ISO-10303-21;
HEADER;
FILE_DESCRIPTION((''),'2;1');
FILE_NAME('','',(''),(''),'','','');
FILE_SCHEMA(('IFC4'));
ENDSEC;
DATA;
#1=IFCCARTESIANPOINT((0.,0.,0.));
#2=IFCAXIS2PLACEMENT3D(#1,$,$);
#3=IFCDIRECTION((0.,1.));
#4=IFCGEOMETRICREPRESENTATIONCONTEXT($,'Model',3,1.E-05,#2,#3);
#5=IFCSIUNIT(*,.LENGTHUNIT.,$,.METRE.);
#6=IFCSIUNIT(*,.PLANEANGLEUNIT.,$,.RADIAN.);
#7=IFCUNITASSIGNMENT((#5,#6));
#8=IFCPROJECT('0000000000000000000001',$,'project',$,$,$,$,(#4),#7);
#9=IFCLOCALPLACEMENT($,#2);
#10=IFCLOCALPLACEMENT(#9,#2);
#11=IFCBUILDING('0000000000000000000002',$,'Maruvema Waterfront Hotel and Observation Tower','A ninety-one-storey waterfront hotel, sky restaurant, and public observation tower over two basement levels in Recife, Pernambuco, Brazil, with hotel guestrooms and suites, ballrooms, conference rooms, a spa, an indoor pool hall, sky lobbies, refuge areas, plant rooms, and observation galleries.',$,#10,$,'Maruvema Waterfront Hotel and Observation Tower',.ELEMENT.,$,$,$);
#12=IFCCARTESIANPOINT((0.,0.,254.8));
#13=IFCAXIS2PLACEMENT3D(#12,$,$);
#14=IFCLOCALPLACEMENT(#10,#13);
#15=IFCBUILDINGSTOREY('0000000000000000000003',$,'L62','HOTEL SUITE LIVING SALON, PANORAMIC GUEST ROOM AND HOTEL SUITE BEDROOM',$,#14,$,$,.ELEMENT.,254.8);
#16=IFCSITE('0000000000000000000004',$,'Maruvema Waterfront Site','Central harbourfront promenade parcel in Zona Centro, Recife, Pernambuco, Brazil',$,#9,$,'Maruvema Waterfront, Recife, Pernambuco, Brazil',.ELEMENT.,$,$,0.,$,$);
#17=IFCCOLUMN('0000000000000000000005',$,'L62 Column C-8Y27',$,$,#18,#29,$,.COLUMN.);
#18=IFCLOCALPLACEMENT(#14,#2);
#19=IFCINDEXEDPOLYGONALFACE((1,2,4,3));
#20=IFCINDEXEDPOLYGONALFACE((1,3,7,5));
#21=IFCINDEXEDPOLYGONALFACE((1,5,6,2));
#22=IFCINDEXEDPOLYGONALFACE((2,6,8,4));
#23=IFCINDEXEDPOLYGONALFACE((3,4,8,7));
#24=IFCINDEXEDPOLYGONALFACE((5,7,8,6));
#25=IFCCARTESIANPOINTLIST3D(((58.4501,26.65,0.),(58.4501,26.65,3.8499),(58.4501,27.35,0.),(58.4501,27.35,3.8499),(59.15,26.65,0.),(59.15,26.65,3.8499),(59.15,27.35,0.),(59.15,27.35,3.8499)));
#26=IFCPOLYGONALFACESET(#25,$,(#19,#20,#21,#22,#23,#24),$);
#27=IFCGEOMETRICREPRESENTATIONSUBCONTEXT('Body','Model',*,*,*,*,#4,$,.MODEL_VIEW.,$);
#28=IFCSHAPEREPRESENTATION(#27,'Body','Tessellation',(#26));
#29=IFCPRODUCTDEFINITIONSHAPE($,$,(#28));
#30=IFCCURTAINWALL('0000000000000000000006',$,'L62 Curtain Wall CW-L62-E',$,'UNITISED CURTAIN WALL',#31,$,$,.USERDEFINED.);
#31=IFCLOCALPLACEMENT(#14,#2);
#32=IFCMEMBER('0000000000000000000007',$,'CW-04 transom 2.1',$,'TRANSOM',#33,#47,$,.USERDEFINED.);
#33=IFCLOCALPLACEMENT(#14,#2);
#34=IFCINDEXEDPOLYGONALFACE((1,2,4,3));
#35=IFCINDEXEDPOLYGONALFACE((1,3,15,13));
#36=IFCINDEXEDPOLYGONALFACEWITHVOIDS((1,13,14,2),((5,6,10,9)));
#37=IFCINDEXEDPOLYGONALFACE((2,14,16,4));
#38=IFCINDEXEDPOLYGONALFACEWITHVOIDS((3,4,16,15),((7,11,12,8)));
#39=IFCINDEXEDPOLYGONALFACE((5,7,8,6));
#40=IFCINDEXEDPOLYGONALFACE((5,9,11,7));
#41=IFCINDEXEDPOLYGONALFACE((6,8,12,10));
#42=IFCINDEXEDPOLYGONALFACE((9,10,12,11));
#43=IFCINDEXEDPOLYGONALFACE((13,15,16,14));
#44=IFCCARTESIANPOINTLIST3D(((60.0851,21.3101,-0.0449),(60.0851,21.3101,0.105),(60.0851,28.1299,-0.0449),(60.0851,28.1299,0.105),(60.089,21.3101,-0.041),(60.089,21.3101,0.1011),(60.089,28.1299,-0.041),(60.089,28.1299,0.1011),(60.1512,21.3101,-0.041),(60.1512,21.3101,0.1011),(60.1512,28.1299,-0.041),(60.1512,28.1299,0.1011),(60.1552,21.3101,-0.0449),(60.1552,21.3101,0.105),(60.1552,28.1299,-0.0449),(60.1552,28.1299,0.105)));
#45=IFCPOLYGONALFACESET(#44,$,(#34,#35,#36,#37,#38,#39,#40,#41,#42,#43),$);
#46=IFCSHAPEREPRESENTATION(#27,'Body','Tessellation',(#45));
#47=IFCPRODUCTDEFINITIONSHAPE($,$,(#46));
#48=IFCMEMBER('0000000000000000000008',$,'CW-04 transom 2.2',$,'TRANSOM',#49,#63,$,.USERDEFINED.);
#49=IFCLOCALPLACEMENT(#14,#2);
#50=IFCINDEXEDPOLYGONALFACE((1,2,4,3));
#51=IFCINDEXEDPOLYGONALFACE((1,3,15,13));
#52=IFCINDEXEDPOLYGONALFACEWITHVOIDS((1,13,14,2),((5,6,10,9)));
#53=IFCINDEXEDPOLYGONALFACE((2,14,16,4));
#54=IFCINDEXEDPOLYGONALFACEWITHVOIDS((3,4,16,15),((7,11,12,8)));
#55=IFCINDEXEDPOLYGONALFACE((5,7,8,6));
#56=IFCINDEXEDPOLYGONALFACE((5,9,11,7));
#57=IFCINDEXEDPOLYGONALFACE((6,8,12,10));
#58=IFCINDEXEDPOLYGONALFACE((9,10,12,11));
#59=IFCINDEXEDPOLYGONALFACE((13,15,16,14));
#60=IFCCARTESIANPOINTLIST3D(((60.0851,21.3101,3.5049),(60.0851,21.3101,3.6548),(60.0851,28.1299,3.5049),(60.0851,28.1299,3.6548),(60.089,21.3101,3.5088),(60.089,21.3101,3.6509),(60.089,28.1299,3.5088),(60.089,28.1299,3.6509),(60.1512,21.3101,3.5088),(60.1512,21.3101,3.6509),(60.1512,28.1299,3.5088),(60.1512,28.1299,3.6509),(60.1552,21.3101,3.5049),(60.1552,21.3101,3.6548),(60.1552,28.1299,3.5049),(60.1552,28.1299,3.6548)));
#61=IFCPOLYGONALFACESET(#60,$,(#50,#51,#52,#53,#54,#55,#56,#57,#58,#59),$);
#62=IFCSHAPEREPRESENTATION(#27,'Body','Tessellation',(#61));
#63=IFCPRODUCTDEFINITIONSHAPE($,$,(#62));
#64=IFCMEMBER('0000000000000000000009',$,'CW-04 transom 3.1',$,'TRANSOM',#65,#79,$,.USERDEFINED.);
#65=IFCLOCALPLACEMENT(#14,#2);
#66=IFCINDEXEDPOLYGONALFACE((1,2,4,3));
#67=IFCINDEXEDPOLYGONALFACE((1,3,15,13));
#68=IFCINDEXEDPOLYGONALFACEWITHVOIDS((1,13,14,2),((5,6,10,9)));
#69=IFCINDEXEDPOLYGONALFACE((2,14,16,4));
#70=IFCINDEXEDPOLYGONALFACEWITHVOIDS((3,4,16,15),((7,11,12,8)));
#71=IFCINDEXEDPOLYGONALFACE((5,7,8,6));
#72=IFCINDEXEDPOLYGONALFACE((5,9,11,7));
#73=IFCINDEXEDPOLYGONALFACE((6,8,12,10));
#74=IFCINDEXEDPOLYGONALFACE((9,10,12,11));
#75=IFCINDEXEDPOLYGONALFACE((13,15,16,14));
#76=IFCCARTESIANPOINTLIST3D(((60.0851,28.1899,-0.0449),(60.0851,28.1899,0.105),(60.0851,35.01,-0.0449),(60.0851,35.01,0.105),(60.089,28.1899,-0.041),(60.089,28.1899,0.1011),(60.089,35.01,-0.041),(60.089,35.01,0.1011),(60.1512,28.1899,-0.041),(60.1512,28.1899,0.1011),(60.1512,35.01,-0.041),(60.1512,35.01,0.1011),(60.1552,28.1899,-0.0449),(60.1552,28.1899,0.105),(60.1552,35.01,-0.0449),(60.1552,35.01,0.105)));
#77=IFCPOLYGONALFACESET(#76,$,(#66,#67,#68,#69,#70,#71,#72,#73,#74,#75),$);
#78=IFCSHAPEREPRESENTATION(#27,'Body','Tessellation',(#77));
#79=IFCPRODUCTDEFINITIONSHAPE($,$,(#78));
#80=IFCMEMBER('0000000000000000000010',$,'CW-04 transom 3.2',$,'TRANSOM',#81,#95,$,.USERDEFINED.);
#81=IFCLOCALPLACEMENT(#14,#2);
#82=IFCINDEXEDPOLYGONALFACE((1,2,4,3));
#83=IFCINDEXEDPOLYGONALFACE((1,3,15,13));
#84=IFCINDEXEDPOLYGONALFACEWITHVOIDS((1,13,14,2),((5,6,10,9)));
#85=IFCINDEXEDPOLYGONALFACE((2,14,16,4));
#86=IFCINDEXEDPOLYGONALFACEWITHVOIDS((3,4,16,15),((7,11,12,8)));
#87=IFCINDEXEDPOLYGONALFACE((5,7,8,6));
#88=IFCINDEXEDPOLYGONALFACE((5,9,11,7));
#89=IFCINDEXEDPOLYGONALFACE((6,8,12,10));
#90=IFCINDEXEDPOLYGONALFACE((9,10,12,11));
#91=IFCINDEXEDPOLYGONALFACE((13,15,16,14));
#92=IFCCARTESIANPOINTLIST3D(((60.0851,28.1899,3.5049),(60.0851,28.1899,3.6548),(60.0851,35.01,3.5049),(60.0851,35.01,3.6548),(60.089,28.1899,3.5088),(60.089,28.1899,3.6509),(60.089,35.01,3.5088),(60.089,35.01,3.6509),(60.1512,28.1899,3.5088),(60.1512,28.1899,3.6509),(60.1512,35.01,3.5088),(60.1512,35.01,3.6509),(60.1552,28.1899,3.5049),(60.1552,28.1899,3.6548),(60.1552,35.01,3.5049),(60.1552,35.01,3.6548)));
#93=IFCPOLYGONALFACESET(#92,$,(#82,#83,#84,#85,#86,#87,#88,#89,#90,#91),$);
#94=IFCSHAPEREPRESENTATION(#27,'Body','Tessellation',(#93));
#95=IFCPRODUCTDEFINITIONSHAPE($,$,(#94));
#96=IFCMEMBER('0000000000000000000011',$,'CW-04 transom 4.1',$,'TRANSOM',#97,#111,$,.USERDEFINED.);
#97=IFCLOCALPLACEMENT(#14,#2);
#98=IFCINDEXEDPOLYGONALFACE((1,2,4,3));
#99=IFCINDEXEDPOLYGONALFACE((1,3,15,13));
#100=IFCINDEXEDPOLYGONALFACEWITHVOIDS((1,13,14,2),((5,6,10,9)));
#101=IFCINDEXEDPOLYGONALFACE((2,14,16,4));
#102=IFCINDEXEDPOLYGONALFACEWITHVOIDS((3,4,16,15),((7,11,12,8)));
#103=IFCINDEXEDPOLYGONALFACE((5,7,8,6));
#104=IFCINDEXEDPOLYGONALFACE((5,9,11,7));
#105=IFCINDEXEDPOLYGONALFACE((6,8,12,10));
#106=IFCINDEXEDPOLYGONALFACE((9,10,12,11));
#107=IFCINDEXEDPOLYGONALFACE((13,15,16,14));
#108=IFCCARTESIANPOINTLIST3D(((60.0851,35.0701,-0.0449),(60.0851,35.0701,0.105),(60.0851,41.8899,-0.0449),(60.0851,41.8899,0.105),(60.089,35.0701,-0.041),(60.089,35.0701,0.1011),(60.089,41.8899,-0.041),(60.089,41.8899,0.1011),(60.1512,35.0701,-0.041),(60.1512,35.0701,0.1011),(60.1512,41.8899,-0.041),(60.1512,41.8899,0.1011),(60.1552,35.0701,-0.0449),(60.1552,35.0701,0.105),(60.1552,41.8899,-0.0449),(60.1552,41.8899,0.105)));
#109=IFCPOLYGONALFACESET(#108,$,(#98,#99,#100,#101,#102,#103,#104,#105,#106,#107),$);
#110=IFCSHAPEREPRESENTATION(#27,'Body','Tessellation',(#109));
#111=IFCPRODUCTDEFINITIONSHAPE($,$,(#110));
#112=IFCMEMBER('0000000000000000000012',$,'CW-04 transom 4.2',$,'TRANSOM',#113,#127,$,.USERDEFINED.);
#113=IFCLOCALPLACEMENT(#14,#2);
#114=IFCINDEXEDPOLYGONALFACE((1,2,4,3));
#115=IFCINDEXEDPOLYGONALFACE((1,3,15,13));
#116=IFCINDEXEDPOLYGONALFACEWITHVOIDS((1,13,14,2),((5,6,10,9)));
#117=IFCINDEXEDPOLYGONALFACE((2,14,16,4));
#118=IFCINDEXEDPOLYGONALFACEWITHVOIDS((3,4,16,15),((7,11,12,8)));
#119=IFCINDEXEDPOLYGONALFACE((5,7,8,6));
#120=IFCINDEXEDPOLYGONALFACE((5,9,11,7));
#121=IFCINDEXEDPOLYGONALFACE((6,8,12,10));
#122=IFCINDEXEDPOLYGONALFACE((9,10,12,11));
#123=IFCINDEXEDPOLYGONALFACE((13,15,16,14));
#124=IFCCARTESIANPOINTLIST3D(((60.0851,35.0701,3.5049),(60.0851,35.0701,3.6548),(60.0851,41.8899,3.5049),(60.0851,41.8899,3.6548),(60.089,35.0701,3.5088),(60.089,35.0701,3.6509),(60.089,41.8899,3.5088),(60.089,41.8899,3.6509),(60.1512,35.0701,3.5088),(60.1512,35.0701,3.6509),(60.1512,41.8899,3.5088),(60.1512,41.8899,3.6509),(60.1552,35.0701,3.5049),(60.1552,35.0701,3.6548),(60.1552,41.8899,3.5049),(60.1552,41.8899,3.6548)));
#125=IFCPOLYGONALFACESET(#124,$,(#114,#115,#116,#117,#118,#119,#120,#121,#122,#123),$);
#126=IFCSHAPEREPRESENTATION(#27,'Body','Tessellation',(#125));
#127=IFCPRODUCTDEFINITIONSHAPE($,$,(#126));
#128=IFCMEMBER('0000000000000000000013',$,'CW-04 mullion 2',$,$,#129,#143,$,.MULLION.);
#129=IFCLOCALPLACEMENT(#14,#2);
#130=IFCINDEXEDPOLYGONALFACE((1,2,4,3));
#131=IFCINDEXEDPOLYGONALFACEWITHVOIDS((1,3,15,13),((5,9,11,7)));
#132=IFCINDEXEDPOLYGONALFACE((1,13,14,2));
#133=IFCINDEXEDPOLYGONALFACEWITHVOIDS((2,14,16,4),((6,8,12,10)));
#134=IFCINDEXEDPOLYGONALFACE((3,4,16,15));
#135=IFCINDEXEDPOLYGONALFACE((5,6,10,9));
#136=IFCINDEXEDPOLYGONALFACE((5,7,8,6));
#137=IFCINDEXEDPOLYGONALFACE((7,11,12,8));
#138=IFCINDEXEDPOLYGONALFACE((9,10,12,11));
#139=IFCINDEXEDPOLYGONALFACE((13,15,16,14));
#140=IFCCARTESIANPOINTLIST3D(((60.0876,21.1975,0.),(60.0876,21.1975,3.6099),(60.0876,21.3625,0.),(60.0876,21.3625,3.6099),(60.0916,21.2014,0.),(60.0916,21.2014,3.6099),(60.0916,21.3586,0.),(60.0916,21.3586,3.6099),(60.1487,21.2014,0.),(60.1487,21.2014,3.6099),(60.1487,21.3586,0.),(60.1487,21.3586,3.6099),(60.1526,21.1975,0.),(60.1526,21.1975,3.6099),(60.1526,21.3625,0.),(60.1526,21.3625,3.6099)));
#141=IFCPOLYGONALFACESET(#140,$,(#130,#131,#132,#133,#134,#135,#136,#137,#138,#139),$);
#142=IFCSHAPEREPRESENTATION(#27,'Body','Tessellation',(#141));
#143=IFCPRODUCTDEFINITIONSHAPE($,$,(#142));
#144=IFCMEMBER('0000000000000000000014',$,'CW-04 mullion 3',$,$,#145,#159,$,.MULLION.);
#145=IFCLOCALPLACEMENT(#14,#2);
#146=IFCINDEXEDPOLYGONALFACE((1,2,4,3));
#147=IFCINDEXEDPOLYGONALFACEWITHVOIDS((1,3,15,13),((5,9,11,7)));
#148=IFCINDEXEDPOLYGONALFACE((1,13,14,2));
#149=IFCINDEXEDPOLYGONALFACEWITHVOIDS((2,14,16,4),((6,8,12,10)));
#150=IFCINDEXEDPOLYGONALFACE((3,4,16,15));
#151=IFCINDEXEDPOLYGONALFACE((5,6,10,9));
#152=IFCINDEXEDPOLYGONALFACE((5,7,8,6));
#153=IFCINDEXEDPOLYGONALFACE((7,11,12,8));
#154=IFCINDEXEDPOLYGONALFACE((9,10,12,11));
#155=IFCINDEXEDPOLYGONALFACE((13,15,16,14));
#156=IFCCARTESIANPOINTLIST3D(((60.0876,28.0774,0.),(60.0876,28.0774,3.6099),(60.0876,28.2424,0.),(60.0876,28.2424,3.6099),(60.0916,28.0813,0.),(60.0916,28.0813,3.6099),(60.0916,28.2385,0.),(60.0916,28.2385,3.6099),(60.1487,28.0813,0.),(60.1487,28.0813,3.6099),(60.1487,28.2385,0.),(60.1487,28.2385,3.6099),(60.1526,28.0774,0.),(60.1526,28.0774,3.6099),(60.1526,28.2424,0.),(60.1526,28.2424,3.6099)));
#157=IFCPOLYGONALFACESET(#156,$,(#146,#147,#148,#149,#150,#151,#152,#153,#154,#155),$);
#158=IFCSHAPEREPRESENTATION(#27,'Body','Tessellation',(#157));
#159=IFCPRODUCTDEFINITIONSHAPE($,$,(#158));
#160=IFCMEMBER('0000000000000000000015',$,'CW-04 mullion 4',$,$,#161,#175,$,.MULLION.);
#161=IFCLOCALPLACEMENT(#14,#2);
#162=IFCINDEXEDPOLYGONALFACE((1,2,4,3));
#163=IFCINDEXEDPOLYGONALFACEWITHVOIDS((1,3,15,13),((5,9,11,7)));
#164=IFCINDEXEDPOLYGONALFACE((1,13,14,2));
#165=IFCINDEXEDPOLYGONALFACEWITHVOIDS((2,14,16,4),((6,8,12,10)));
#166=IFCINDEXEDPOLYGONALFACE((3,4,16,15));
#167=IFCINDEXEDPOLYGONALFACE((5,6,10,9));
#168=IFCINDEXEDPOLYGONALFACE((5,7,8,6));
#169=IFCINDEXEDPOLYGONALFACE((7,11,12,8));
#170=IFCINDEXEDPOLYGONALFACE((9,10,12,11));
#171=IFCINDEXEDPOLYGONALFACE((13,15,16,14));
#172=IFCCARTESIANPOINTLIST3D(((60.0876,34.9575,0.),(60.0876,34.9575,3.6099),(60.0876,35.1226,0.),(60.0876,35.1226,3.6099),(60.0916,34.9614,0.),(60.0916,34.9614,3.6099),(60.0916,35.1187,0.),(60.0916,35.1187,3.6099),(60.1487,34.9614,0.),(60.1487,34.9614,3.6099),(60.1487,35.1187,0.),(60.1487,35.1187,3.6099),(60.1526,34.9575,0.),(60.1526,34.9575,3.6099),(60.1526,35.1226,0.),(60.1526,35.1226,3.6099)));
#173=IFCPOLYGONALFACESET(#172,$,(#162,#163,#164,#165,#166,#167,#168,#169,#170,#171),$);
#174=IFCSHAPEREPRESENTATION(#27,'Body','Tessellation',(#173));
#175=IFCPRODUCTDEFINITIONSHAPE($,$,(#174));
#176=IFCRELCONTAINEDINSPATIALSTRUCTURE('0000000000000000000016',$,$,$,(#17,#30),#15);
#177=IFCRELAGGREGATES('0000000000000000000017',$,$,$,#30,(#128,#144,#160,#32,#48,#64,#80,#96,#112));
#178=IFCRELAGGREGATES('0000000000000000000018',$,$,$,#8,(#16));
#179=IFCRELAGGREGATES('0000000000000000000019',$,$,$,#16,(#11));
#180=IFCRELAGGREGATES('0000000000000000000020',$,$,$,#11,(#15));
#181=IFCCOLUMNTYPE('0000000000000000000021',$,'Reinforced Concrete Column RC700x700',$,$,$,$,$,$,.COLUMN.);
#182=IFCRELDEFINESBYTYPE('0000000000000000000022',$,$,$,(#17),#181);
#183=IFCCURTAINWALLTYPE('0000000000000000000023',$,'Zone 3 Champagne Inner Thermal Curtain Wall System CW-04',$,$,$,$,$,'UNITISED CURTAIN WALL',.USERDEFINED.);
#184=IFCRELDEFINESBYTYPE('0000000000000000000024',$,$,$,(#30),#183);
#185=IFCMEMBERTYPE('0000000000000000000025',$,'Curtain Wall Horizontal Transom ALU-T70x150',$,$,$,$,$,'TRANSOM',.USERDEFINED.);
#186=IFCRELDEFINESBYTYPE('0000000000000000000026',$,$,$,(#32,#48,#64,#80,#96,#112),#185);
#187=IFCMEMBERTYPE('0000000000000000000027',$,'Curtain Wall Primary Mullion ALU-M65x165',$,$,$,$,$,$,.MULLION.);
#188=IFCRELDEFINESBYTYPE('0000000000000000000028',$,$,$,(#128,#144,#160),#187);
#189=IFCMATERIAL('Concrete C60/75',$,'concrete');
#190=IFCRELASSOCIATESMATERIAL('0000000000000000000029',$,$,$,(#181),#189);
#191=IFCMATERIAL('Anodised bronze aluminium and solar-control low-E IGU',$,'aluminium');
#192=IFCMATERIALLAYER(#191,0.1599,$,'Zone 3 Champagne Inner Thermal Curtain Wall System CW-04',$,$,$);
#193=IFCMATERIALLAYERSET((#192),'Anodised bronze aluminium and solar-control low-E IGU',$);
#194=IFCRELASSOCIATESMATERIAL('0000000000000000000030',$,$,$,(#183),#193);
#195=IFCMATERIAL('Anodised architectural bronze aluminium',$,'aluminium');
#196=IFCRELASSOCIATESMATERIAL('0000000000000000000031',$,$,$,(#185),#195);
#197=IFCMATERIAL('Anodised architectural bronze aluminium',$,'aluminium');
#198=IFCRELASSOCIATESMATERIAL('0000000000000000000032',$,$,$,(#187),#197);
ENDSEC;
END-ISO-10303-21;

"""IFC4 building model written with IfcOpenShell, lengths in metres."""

from ifc_helpers import new_model, si_unit, direction, frame, origin, origin_2d, place, context, subcontext, project, spatial, rectangle, hollow_rectangle, extrude, material, layer, layer_set, material_profile, profile_set, type_object, element, aggregate, save


model = new_model("IFC4")

# Units and contexts
model_context = context("Model", 3, precision=1e-05, world=origin(), true_north=direction((0.0, 1.0)))
body_context = subcontext(model_context, "Body", "Model", "MODEL_VIEW")
ifc_project = project(units=[si_unit("LENGTHUNIT", "METRE"), si_unit("PLANEANGLEUNIT", "RADIAN")], contexts=[model_context])

# Site, building, storey
site_placement = place(None, origin())
site = spatial("IfcSite", under=ifc_project, at=site_placement, Name="Maruvema Waterfront Site", Description="Central harbourfront promenade parcel in Zona Centro, Recife, Pernambuco, Brazil", LongName="Maruvema Waterfront, Recife, Pernambuco, Brazil", CompositionType="ELEMENT", RefElevation=0.0)
building_placement = place(site_placement, origin())
building = spatial("IfcBuilding", under=site, at=building_placement, Name="Maruvema Waterfront Hotel and Observation Tower", Description="A ninety-one-storey waterfront hotel, sky restaurant, and public observation tower over two basement levels in Recife, Pernambuco, Brazil, with hotel guestrooms and suites, ballrooms, conference rooms, a spa, an indoor pool hall, sky lobbies, refuge areas, plant rooms, and observation galleries.", LongName="Maruvema Waterfront Hotel and Observation Tower", CompositionType="ELEMENT")
storey_placement = place(building_placement, frame((0.0, 0.0, 254.8)))
storey = spatial("IfcBuildingStorey", under=building, at=storey_placement, Name="L62", Description="HOTEL SUITE LIVING SALON, PANORAMIC GUEST ROOM AND HOTEL SUITE BEDROOM", CompositionType="ELEMENT", Elevation=254.8)

# Column
ifc_material_1 = material(Name="Concrete C60/75", Category="concrete")
ifc_material_profile_1 = material_profile(ifc_material_1, rectangle(XDim=0.7, YDim=0.7, at=origin_2d()), Name="RC700x700")
ifc_profile_set_1 = profile_set([ifc_material_profile_1], Name="Concrete C60/75")
column_type = type_object("IfcColumnType", Name="Reinforced Concrete Column RC700x700", PredefinedType="COLUMN", material=ifc_profile_set_1)
column_placement = place(storey_placement, frame((58.8, 27.0, 0.0), z_axis=(0.0, 0.0, 1.0), x_axis=(1.0, 0.0, 0.0)))
element("IfcColumn", 1, at=column_placement, inside=storey, type_object=column_type, Name="L62 Column C-8Y27", PredefinedType="COLUMN", context=body_context, shape_type="SweptSolid", body=[
    extrude(rectangle(XDim=0.7, YDim=0.7, at=origin_2d()), origin(), (0.0, 0.0, 1.0), 3.8499),
])

# Curtain wall, members
ifc_material_2 = material(Name="Anodised bronze aluminium and solar-control low-E IGU", Category="aluminium")
ifc_layer_1 = layer(ifc_material_2, 0.1599, Name="Zone 3 Champagne Inner Thermal Curtain Wall System CW-04")
ifc_layer_set_1 = layer_set([ifc_layer_1], Name="Anodised bronze aluminium and solar-control low-E IGU")
curtain_wall_type = type_object("IfcCurtainWallType", Name="Zone 3 Champagne Inner Thermal Curtain Wall System CW-04", ElementType="UNITISED CURTAIN WALL", PredefinedType="USERDEFINED", material=ifc_layer_set_1)
curtain_wall_placement = place(storey_placement, origin())
curtain_wall = element("IfcCurtainWall", 2, at=curtain_wall_placement, inside=storey, type_object=curtain_wall_type, Name="L62 Curtain Wall CW-L62-E", ObjectType="UNITISED CURTAIN WALL", PredefinedType="USERDEFINED")
ifc_material_3 = material(Name="Anodised architectural bronze aluminium", Category="aluminium")
ifc_material_profile_2 = material_profile(ifc_material_3, hollow_rectangle(XDim=0.0701, YDim=0.1499, WallThickness=0.0039, at=origin_2d()), Name="ALU-T70x150")
ifc_profile_set_2 = profile_set([ifc_material_profile_2], Name="Anodised architectural bronze aluminium")
member_type_1 = type_object("IfcMemberType", Name="Curtain Wall Horizontal Transom ALU-T70x150", ElementType="TRANSOM", PredefinedType="USERDEFINED", material=ifc_profile_set_2)
member_1_placement = place(storey_placement, frame((60.1201, 21.3101, 0.03), z_axis=(0.0, 1.0, 0.0), x_axis=(-1.0, 0.0, 0.0)))
member_1 = element("IfcMember", 3, at=member_1_placement, type_object=member_type_1, Name="CW-04 transom 2.1", ObjectType="TRANSOM", PredefinedType="USERDEFINED", context=body_context, shape_type="SweptSolid", body=[
    extrude(hollow_rectangle(XDim=0.0701, YDim=0.1499, WallThickness=0.0039, at=origin_2d()), origin(), (0.0, 0.0, 1.0), 6.8198),
])
member_2_placement = place(storey_placement, frame((60.1201, 21.3101, 3.5798), z_axis=(0.0, 1.0, 0.0), x_axis=(-1.0, 0.0, 0.0)))
member_2 = element("IfcMember", 4, at=member_2_placement, type_object=member_type_1, Name="CW-04 transom 2.2", ObjectType="TRANSOM", PredefinedType="USERDEFINED", context=body_context, shape_type="SweptSolid", body=[
    extrude(hollow_rectangle(XDim=0.0701, YDim=0.1499, WallThickness=0.0039, at=origin_2d()), origin(), (0.0, 0.0, 1.0), 6.8198),
])
member_3_placement = place(storey_placement, frame((60.1201, 28.1899, 0.03), z_axis=(0.0, 1.0, 0.0), x_axis=(-1.0, 0.0, 0.0)))
member_3 = element("IfcMember", 5, at=member_3_placement, type_object=member_type_1, Name="CW-04 transom 3.1", ObjectType="TRANSOM", PredefinedType="USERDEFINED", context=body_context, shape_type="SweptSolid", body=[
    extrude(hollow_rectangle(XDim=0.0701, YDim=0.1499, WallThickness=0.0039, at=origin_2d()), origin(), (0.0, 0.0, 1.0), 6.8201),
])
member_4_placement = place(storey_placement, frame((60.1201, 28.1899, 3.5798), z_axis=(0.0, 1.0, 0.0), x_axis=(-1.0, 0.0, 0.0)))
member_4 = element("IfcMember", 6, at=member_4_placement, type_object=member_type_1, Name="CW-04 transom 3.2", ObjectType="TRANSOM", PredefinedType="USERDEFINED", context=body_context, shape_type="SweptSolid", body=[
    extrude(hollow_rectangle(XDim=0.0701, YDim=0.1499, WallThickness=0.0039, at=origin_2d()), origin(), (0.0, 0.0, 1.0), 6.8201),
])
member_5_placement = place(storey_placement, frame((60.1201, 35.0701, 0.03), z_axis=(0.0, 1.0, 0.0), x_axis=(-1.0, 0.0, 0.0)))
member_5 = element("IfcMember", 7, at=member_5_placement, type_object=member_type_1, Name="CW-04 transom 4.1", ObjectType="TRANSOM", PredefinedType="USERDEFINED", context=body_context, shape_type="SweptSolid", body=[
    extrude(hollow_rectangle(XDim=0.0701, YDim=0.1499, WallThickness=0.0039, at=origin_2d()), origin(), (0.0, 0.0, 1.0), 6.8198),
])
member_6_placement = place(storey_placement, frame((60.1201, 35.0701, 3.5798), z_axis=(0.0, 1.0, 0.0), x_axis=(-1.0, 0.0, 0.0)))
member_6 = element("IfcMember", 8, at=member_6_placement, type_object=member_type_1, Name="CW-04 transom 4.2", ObjectType="TRANSOM", PredefinedType="USERDEFINED", context=body_context, shape_type="SweptSolid", body=[
    extrude(hollow_rectangle(XDim=0.0701, YDim=0.1499, WallThickness=0.0039, at=origin_2d()), origin(), (0.0, 0.0, 1.0), 6.8198),
])
ifc_material_4 = material(Name="Anodised architectural bronze aluminium", Category="aluminium")
ifc_material_profile_3 = material_profile(ifc_material_4, hollow_rectangle(XDim=0.0649, YDim=0.165, WallThickness=0.0039, at=origin_2d()), Name="ALU-M65x165")
ifc_profile_set_3 = profile_set([ifc_material_profile_3], Name="Anodised architectural bronze aluminium")
member_type_2 = type_object("IfcMemberType", Name="Curtain Wall Primary Mullion ALU-M65x165", PredefinedType="MULLION", material=ifc_profile_set_3)
member_7_placement = place(storey_placement, frame((60.1201, 21.28, 0.0), z_axis=(0.0, 0.0, 1.0), x_axis=(-1.0, 0.0, 0.0)))
member_7 = element("IfcMember", 9, at=member_7_placement, type_object=member_type_2, Name="CW-04 mullion 2", PredefinedType="MULLION", context=body_context, shape_type="SweptSolid", body=[
    extrude(hollow_rectangle(XDim=0.0649, YDim=0.165, WallThickness=0.0039, at=origin_2d()), origin(), (0.0, 0.0, 1.0), 3.6099),
])
member_8_placement = place(storey_placement, frame((60.1201, 28.1599, 0.0), z_axis=(0.0, 0.0, 1.0), x_axis=(-1.0, 0.0, 0.0)))
member_8 = element("IfcMember", 10, at=member_8_placement, type_object=member_type_2, Name="CW-04 mullion 3", PredefinedType="MULLION", context=body_context, shape_type="SweptSolid", body=[
    extrude(hollow_rectangle(XDim=0.0649, YDim=0.165, WallThickness=0.0039, at=origin_2d()), origin(), (0.0, 0.0, 1.0), 3.6099),
])
member_9_placement = place(storey_placement, frame((60.1201, 35.04, 0.0), z_axis=(0.0, 0.0, 1.0), x_axis=(-1.0, 0.0, 0.0)))
member_9 = element("IfcMember", 11, at=member_9_placement, type_object=member_type_2, Name="CW-04 mullion 4", PredefinedType="MULLION", context=body_context, shape_type="SweptSolid", body=[
    extrude(hollow_rectangle(XDim=0.0649, YDim=0.165, WallThickness=0.0039, at=origin_2d()), origin(), (0.0, 0.0, 1.0), 3.6099),
])

aggregate(curtain_wall, [member_7, member_8, member_9, member_1, member_2, member_3, member_4, member_5, member_6])

save(model, "model.ifc")
